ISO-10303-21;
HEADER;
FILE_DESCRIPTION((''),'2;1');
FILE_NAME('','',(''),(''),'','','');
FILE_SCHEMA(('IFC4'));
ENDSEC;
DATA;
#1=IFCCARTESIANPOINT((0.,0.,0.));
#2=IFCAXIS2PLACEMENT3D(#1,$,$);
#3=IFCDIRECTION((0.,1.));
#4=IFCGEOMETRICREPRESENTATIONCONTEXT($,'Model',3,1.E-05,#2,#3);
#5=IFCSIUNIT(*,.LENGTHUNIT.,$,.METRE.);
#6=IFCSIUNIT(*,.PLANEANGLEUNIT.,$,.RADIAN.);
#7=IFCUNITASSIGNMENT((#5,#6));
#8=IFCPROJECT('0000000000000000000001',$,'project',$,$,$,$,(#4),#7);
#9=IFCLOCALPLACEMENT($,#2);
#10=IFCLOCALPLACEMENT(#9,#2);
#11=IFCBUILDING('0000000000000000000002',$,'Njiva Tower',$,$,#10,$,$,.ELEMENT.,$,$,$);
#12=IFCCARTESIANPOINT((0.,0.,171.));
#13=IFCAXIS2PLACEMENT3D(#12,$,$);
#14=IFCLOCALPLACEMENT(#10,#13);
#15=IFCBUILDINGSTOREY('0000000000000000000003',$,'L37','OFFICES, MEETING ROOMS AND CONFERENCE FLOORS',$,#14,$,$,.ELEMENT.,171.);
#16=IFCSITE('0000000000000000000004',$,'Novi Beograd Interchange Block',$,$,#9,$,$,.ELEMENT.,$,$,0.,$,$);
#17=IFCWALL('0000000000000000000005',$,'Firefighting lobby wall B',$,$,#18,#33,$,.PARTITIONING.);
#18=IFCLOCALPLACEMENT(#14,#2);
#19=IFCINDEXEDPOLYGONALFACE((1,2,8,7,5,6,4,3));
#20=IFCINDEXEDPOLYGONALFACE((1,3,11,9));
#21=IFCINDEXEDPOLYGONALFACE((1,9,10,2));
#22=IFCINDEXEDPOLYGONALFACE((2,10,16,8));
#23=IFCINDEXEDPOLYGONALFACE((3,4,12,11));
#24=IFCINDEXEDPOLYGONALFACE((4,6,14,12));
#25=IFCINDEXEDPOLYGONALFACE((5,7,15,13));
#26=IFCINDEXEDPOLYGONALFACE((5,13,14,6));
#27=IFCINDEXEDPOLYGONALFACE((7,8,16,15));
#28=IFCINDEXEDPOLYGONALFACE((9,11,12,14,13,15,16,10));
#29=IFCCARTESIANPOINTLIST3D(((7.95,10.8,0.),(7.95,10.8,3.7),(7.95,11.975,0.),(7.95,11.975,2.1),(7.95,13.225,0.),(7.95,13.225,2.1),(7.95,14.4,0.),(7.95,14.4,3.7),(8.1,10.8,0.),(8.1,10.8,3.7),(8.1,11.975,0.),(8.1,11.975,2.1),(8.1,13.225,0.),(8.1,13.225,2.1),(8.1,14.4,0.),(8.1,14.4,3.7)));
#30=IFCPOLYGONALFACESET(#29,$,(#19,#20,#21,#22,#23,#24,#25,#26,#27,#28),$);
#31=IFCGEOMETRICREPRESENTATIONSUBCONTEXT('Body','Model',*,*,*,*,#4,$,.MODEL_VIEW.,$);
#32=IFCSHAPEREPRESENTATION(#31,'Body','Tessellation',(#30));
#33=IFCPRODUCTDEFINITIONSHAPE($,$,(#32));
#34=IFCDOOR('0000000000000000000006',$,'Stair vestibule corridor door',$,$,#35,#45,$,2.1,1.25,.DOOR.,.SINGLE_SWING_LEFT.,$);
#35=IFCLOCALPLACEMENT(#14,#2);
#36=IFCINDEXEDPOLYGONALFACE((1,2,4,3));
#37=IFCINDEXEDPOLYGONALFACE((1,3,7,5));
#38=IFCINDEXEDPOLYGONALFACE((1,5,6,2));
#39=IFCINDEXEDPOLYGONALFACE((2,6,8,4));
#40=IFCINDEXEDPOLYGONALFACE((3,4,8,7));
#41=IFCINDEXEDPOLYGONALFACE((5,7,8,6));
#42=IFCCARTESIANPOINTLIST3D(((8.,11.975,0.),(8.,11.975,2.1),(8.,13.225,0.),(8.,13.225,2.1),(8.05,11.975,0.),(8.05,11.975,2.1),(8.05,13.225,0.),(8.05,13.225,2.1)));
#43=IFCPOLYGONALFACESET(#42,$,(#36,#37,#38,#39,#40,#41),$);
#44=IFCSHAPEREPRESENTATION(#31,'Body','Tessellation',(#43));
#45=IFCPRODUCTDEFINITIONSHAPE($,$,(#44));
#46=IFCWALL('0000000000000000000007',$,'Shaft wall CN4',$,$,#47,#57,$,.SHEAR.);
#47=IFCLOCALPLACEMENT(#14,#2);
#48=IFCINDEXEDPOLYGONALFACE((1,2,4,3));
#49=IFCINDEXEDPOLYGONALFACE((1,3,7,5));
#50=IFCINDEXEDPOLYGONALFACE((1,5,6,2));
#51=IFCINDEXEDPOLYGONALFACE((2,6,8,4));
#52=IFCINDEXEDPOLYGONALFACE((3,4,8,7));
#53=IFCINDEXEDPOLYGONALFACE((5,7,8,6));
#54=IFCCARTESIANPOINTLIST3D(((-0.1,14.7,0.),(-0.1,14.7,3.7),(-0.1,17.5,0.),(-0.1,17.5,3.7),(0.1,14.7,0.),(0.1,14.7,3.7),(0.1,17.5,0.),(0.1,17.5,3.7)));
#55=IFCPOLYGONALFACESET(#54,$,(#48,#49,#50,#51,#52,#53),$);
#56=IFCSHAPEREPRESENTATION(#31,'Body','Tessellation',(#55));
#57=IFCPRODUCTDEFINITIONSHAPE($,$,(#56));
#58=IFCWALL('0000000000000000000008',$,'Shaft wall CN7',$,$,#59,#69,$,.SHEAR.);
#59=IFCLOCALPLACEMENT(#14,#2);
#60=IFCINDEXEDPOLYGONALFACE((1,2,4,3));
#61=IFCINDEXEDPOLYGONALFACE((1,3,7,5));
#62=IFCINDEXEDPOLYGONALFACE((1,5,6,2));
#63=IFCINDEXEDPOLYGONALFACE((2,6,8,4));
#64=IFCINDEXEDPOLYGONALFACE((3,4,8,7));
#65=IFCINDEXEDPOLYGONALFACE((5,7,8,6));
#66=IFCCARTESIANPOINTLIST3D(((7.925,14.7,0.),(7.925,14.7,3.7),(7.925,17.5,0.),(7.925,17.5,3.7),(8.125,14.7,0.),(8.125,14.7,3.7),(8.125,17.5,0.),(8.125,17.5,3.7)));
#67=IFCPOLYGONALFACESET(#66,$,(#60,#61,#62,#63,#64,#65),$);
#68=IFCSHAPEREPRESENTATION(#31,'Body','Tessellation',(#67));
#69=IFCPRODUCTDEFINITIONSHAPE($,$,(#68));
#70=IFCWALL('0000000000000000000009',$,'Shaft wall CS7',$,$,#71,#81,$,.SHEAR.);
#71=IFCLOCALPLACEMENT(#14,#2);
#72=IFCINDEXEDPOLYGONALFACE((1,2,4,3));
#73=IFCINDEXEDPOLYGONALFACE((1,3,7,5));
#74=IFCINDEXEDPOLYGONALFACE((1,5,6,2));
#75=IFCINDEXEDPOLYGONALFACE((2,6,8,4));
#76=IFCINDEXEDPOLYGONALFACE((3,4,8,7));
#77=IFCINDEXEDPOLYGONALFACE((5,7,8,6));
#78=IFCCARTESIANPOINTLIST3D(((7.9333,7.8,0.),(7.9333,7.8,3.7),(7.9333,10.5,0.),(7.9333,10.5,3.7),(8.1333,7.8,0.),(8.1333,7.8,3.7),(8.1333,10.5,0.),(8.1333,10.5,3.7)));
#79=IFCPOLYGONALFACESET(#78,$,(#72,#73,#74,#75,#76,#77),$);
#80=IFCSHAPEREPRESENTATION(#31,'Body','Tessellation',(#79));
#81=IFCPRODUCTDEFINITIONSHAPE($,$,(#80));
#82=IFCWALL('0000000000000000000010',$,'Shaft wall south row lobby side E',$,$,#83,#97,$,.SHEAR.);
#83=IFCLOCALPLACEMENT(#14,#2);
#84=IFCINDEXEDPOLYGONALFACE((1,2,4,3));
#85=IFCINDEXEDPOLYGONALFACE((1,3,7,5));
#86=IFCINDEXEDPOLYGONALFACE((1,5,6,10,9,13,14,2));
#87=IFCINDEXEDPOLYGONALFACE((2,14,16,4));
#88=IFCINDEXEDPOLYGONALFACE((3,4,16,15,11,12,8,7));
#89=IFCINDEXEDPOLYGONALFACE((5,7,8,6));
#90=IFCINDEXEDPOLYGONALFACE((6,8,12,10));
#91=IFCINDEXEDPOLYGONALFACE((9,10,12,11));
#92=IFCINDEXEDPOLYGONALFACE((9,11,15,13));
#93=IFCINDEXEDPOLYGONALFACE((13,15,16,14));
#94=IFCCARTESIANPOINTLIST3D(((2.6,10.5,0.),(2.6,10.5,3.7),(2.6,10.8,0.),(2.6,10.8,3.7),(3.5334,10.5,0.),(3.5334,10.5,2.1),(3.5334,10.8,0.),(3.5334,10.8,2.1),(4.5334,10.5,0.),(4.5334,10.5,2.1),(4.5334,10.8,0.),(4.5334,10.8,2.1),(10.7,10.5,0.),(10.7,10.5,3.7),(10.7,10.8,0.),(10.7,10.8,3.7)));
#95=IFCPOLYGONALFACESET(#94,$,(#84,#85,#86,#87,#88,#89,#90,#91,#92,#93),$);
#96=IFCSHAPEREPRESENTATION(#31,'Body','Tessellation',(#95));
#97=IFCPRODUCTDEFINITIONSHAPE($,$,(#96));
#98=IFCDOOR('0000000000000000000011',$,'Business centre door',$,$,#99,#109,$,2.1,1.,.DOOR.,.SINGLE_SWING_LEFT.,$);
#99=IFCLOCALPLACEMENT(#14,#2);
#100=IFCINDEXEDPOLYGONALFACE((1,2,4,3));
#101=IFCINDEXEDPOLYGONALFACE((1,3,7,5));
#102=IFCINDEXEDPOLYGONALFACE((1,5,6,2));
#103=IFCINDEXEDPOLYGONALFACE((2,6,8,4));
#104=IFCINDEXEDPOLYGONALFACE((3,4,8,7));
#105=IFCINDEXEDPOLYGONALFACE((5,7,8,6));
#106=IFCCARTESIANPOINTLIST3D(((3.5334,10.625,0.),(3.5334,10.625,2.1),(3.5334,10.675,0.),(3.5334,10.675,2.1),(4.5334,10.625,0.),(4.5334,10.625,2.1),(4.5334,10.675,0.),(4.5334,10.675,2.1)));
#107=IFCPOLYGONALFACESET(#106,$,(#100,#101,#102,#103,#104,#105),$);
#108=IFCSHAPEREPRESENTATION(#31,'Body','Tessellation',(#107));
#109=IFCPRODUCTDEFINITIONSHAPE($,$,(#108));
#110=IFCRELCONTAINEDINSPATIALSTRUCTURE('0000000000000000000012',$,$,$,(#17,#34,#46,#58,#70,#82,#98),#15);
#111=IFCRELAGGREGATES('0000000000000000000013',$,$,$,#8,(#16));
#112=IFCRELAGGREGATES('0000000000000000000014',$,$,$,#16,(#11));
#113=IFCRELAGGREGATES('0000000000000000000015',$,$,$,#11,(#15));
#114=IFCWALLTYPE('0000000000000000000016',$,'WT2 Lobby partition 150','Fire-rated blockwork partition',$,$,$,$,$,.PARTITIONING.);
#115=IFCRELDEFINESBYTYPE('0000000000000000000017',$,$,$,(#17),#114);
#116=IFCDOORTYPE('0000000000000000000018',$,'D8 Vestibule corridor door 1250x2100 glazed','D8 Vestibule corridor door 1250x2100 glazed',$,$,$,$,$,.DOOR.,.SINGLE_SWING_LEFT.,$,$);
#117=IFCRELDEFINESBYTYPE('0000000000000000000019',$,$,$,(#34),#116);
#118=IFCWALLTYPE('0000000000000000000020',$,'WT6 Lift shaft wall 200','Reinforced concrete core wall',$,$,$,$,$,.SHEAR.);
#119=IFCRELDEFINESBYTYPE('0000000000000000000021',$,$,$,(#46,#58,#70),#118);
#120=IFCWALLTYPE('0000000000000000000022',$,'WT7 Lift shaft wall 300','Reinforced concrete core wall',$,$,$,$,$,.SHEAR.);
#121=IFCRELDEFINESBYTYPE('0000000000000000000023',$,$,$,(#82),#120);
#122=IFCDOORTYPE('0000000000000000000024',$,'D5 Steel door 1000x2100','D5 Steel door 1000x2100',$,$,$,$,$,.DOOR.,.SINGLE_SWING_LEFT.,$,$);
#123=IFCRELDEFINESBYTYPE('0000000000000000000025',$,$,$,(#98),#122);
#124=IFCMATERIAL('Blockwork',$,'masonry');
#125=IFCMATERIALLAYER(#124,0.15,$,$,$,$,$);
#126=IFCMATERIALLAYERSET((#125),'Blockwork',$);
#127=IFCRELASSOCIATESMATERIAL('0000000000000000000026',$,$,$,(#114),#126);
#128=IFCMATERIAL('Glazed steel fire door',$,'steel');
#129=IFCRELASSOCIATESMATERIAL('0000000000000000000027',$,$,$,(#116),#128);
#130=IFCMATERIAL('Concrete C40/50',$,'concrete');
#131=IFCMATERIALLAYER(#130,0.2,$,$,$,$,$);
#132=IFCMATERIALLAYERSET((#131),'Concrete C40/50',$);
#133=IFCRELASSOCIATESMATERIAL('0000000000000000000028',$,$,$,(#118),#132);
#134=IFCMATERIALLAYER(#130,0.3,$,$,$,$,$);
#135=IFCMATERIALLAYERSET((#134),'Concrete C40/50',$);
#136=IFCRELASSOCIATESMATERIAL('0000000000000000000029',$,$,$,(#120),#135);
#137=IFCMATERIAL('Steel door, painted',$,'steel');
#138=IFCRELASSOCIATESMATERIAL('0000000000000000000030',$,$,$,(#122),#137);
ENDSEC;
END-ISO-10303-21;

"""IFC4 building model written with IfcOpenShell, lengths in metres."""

from ifc_helpers import new_model, si_unit, direction, frame, frame_2d, origin, place, context, subcontext, project, spatial, rectangle, extrude, material, layer, layer_set, type_object, element, fill, save


model = new_model("IFC4")

# Units and contexts
model_context = context("Model", 3, precision=1e-05, world=origin(), true_north=direction((0.0, 1.0)))
body_context = subcontext(model_context, "Body", "Model", "MODEL_VIEW")
ifc_project = project(units=[si_unit("LENGTHUNIT", "METRE"), si_unit("PLANEANGLEUNIT", "RADIAN")], contexts=[model_context])

# Site, building, storey
site_placement = place(None, origin())
site = spatial("IfcSite", under=ifc_project, at=site_placement, Name="Novi Beograd Interchange Block", CompositionType="ELEMENT", RefElevation=0.0)
building_placement = place(site_placement, origin())
building = spatial("IfcBuilding", under=site, at=building_placement, Name="Njiva Tower", CompositionType="ELEMENT")
storey_placement = place(building_placement, frame((0.0, 0.0, 171.0)))
storey = spatial("IfcBuildingStorey", under=building, at=storey_placement, Name="L37", Description="OFFICES, MEETING ROOMS AND CONFERENCE FLOORS", CompositionType="ELEMENT", Elevation=171.0)

# Shared definitions
ifc_material_1 = material(Name="Blockwork", Category="masonry")

# Wall, opening, door
ifc_material_2 = material(Name="Concrete C40/50", Category="concrete")
ifc_material_3 = material(Name="Glazed steel fire door", Category="steel")
ifc_layer_1 = layer(ifc_material_1, 0.15)
ifc_layer_set_1 = layer_set([ifc_layer_1], Name="Blockwork")
wall_type_1 = type_object("IfcWallType", Name="WT2 Lobby partition 150", Description="Fire-rated blockwork partition", PredefinedType="PARTITIONING", material=ifc_layer_set_1)
wall_1_placement = place(storey_placement, frame((8.025, 10.8, 0.0), z_axis=(0.0, 0.0, 1.0), x_axis=(0.0, 1.0, 0.0)))
wall_1 = element("IfcWall", 1, at=wall_1_placement, inside=storey, type_object=wall_type_1, Name="Firefighting lobby wall B", PredefinedType="PARTITIONING", context=body_context, shape_type="SweptSolid", body=[
    extrude(rectangle(XDim=3.6, YDim=0.15, at=frame_2d((1.8, 0.0))), origin(), (0.0, 0.0, 1.0), 3.7),
])
opening_1_placement = place(wall_1_placement, frame((1.175, 0.0, 0.0)))
opening_1 = element("IfcOpeningElement", 2, at=opening_1_placement, cuts=wall_1, PredefinedType="OPENING", context=body_context, shape_type="SweptSolid", body=[
    extrude(rectangle(XDim=1.25, YDim=2.1, at=frame_2d((0.625, 1.05))), frame((0.0, 0.085, 0.0), z_axis=(0.0, -1.0, 0.0), x_axis=(1.0, 0.0, 0.0)), (0.0, 0.0, 1.0), 0.17),
])
door_type_1 = type_object("IfcDoorType", Name="D8 Vestibule corridor door 1250x2100 glazed", Description="D8 Vestibule corridor door 1250x2100 glazed", OperationType="SINGLE_SWING_LEFT", PredefinedType="DOOR", material=ifc_material_3)
door_1_placement = place(opening_1_placement, origin())
door_1 = element("IfcDoor", 3, at=door_1_placement, inside=storey, type_object=door_type_1, Name="Stair vestibule corridor door", OperationType="SINGLE_SWING_LEFT", OverallHeight=2.1, OverallWidth=1.25, PredefinedType="DOOR", context=body_context, shape_type="SweptSolid", body=[
    extrude(rectangle(XDim=1.25, YDim=2.1, at=frame_2d((0.625, 1.05))), frame((0.0, 0.025, 0.0), z_axis=(0.0, -1.0, 0.0), x_axis=(1.0, 0.0, 0.0)), (0.0, 0.0, 1.0), 0.05),
])
fill(opening_1, door_1)

# Walls
ifc_layer_2 = layer(ifc_material_2, 0.2)
ifc_layer_set_2 = layer_set([ifc_layer_2], Name="Concrete C40/50")
wall_type_2 = type_object("IfcWallType", Name="WT6 Lift shaft wall 200", Description="Reinforced concrete core wall", PredefinedType="SHEAR", material=ifc_layer_set_2)
for number, where, z_axis, x_axis, name in (
    (4, (0.0, 14.7, 0.0), (0.0, 0.0, 1.0), (0.0, 1.0, 0.0), "Shaft wall CN4"),
    (5, (8.025, 14.7, 0.0), (0.0, 0.0, 1.0), (0.0, 1.0, 0.0), "Shaft wall CN7"),
):
    element("IfcWall", number, at=place(storey_placement, frame(where, z_axis=z_axis, x_axis=x_axis)), inside=storey, type_object=wall_type_2, Name=name, PredefinedType="SHEAR", context=body_context, shape_type="SweptSolid", body=[
        extrude(rectangle(XDim=2.8, YDim=0.2, at=frame_2d((1.4, 0.0))), origin(), (0.0, 0.0, 1.0), 3.7),
    ])
wall_2_placement = place(storey_placement, frame((8.0333, 7.8, 0.0), z_axis=(0.0, 0.0, 1.0), x_axis=(0.0, 1.0, 0.0)))
element("IfcWall", 6, at=wall_2_placement, inside=storey, type_object=wall_type_2, Name="Shaft wall CS7", PredefinedType="SHEAR", context=body_context, shape_type="SweptSolid", body=[
    extrude(rectangle(XDim=2.7, YDim=0.2, at=frame_2d((1.35, 0.0))), origin(), (0.0, 0.0, 1.0), 3.7),
])

# Wall, opening, door
ifc_layer_3 = layer(ifc_material_2, 0.3)
ifc_layer_set_3 = layer_set([ifc_layer_3], Name="Concrete C40/50")
wall_type_3 = type_object("IfcWallType", Name="WT7 Lift shaft wall 300", Description="Reinforced concrete core wall", PredefinedType="SHEAR", material=ifc_layer_set_3)
wall_3_placement = place(storey_placement, frame((2.6, 10.65, 0.0), z_axis=(0.0, 0.0, 1.0), x_axis=(1.0, 0.0, 0.0)))
wall_3 = element("IfcWall", 7, at=wall_3_placement, inside=storey, type_object=wall_type_3, Name="Shaft wall south row lobby side E", PredefinedType="SHEAR", context=body_context, shape_type="SweptSolid", body=[
    extrude(rectangle(XDim=8.1, YDim=0.3, at=frame_2d((4.05, 0.0))), origin(), (0.0, 0.0, 1.0), 3.7),
])
opening_2_placement = place(wall_3_placement, frame((0.9334, 0.0, 0.0)))
opening_2 = element("IfcOpeningElement", 8, at=opening_2_placement, cuts=wall_3, PredefinedType="OPENING", context=body_context, shape_type="SweptSolid", body=[
    extrude(rectangle(XDim=1.0, YDim=2.1, at=frame_2d((0.5, 1.05))), frame((0.0, 0.16, 0.0), z_axis=(0.0, -1.0, 0.0), x_axis=(1.0, 0.0, 0.0)), (0.0, 0.0, 1.0), 0.32),
])
ifc_material_4 = material(Name="Steel door, painted", Category="steel")
door_type_2 = type_object("IfcDoorType", Name="D5 Steel door 1000x2100", Description="D5 Steel door 1000x2100", OperationType="SINGLE_SWING_LEFT", PredefinedType="DOOR", material=ifc_material_4)
door_2_placement = place(opening_2_placement, origin())
door_2 = element("IfcDoor", 9, at=door_2_placement, inside=storey, type_object=door_type_2, Name="Business centre door", OperationType="SINGLE_SWING_LEFT", OverallHeight=2.1, OverallWidth=1.0, PredefinedType="DOOR", context=body_context, shape_type="SweptSolid", body=[
    extrude(rectangle(XDim=1.0, YDim=2.1, at=frame_2d((0.5, 1.05))), frame((0.0, 0.025, 0.0), z_axis=(0.0, -1.0, 0.0), x_axis=(1.0, 0.0, 0.0)), (0.0, 0.0, 1.0), 0.05),
])
fill(opening_2, door_2)

save(model, "model.ifc")
